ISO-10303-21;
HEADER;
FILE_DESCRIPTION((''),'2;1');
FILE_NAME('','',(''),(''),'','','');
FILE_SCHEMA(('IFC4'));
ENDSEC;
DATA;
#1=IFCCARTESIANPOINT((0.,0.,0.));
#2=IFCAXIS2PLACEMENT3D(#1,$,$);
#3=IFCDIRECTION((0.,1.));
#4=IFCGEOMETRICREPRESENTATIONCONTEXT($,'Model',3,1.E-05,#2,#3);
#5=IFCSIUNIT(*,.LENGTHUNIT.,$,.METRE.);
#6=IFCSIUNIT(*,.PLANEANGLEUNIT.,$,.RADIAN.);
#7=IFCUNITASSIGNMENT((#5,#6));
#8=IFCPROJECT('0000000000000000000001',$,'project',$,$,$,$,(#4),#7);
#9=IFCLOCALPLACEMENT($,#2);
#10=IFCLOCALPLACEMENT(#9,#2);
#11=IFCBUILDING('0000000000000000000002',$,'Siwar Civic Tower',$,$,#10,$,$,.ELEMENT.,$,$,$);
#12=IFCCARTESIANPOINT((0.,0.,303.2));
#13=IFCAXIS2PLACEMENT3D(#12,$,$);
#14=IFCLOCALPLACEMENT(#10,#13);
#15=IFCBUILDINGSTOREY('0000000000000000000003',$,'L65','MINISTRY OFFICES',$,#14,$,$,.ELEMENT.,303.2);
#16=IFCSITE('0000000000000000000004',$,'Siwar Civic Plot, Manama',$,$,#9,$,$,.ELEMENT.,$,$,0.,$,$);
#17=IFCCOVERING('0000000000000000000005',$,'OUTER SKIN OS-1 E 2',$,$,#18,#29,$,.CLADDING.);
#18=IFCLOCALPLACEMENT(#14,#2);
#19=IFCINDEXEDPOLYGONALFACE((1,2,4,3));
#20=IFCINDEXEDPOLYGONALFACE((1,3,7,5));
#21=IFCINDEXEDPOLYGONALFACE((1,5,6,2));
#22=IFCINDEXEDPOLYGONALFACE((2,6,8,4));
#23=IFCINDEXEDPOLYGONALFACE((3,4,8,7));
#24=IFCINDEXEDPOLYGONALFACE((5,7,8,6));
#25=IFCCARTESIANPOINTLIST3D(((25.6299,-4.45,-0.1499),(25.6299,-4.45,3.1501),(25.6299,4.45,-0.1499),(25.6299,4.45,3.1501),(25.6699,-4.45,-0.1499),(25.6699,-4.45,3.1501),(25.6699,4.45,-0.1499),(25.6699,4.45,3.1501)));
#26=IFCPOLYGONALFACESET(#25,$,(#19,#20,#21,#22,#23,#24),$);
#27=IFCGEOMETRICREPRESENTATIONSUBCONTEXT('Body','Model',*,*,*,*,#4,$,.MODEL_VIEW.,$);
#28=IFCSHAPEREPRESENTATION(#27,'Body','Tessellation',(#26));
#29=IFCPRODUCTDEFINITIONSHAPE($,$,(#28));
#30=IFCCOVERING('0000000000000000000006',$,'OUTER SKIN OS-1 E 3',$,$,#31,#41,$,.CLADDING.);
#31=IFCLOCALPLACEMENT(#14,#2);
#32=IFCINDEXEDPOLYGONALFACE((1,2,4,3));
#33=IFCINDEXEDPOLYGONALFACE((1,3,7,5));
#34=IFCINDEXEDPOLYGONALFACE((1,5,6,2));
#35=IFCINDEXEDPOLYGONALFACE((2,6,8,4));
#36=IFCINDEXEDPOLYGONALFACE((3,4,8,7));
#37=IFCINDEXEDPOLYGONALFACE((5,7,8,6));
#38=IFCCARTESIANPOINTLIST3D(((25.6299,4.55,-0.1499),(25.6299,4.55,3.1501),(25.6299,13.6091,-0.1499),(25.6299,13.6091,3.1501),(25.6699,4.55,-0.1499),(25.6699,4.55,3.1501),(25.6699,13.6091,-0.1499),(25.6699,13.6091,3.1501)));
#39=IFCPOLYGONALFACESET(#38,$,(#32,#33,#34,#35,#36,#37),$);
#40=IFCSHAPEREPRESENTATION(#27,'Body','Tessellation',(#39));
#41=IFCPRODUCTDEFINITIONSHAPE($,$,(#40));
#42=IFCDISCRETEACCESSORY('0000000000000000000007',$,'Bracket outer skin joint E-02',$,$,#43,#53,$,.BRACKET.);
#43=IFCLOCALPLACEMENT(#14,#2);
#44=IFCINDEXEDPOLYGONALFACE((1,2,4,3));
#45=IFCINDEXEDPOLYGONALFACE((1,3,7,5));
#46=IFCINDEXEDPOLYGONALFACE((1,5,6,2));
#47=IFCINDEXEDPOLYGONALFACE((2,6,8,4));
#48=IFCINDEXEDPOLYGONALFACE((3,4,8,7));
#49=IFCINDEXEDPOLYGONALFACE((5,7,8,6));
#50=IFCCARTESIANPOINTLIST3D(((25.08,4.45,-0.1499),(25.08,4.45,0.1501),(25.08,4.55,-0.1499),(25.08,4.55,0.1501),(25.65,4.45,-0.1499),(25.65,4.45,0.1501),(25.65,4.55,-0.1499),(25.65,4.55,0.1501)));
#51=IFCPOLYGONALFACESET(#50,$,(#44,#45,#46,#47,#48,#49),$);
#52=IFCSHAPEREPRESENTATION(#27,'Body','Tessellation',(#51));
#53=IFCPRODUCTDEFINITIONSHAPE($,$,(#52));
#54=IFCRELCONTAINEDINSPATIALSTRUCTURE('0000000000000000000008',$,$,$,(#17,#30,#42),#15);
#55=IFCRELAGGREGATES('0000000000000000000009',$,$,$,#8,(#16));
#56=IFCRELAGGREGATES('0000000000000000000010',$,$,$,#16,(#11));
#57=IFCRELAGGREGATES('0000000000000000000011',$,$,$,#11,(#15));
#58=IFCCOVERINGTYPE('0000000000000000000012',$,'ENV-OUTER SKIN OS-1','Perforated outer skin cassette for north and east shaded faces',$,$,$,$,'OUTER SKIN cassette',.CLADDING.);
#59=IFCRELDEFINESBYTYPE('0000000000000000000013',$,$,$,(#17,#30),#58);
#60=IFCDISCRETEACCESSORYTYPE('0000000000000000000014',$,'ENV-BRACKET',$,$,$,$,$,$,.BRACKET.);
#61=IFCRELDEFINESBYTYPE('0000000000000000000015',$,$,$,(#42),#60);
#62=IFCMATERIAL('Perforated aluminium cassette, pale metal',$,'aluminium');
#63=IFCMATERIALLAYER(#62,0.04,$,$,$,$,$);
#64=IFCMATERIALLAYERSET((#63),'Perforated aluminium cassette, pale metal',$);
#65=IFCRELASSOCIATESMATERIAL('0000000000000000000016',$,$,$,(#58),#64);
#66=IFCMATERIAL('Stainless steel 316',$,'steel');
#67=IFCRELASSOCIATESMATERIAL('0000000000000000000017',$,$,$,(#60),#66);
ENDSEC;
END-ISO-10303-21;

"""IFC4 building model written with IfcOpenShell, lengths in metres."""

from ifc_helpers import new_model, si_unit, direction, frame, origin, origin_2d, place, context, subcontext, project, spatial, rectangle, extrude, material, layer, layer_set, type_object, element, save


model = new_model("IFC4")

# Units and contexts
model_context = context("Model", 3, precision=1e-05, world=origin(), true_north=direction((0.0, 1.0)))
body_context = subcontext(model_context, "Body", "Model", "MODEL_VIEW")
ifc_project = project(units=[si_unit("LENGTHUNIT", "METRE"), si_unit("PLANEANGLEUNIT", "RADIAN")], contexts=[model_context])

# Site, building, storey
site_placement = place(None, origin())
site = spatial("IfcSite", under=ifc_project, at=site_placement, Name="Siwar Civic Plot, Manama", CompositionType="ELEMENT", RefElevation=0.0)
building_placement = place(site_placement, origin())
building = spatial("IfcBuilding", under=site, at=building_placement, Name="Siwar Civic Tower", CompositionType="ELEMENT")
storey_placement = place(building_placement, frame((0.0, 0.0, 303.2)))
storey = spatial("IfcBuildingStorey", under=building, at=storey_placement, Name="L65", Description="MINISTRY OFFICES", CompositionType="ELEMENT", Elevation=303.2)

# Coverings
ifc_material_1 = material(Name="Perforated aluminium cassette, pale metal", Category="aluminium")
ifc_layer_1 = layer(ifc_material_1, 0.04)
ifc_layer_set_1 = layer_set([ifc_layer_1], Name="Perforated aluminium cassette, pale metal")
covering_type = type_object("IfcCoveringType", Name="ENV-OUTER SKIN OS-1", Description="Perforated outer skin cassette for north and east shaded faces", ElementType="OUTER SKIN cassette", PredefinedType="CLADDING", material=ifc_layer_set_1)
covering_1_placement = place(storey_placement, frame((25.6499, 0.0, -0.1499), z_axis=(0.0, 0.0, 1.0), x_axis=(0.0, 1.0, 0.0)))
element("IfcCovering", 1, at=covering_1_placement, inside=storey, type_object=covering_type, Name="OUTER SKIN OS-1 E 2", PredefinedType="CLADDING", context=body_context, shape_type="SweptSolid", body=[
    extrude(rectangle(XDim=8.8999, YDim=0.04, at=origin_2d()), origin(), (0.0, 0.0, 1.0), 3.3),
])
covering_2_placement = place(storey_placement, frame((25.6499, 9.0796, -0.1499), z_axis=(0.0, 0.0, 1.0), x_axis=(0.0, 1.0, 0.0)))
element("IfcCovering", 2, at=covering_2_placement, inside=storey, type_object=covering_type, Name="OUTER SKIN OS-1 E 3", PredefinedType="CLADDING", context=body_context, shape_type="SweptSolid", body=[
    extrude(rectangle(XDim=9.0591, YDim=0.04, at=origin_2d()), origin(), (0.0, 0.0, 1.0), 3.3),
])

# Discrete accessory
ifc_material_2 = material(Name="Stainless steel 316", Category="steel")
discrete_accessory_type = type_object("IfcDiscreteAccessoryType", Name="ENV-BRACKET", PredefinedType="BRACKET", material=ifc_material_2)
discrete_accessory_placement = place(storey_placement, frame((25.365, 4.5, -0.1499), z_axis=(0.0, 0.0, 1.0), x_axis=(1.0, 0.0, 0.0)))
element("IfcDiscreteAccessory", 3, at=discrete_accessory_placement, inside=storey, type_object=discrete_accessory_type, Name="Bracket outer skin joint E-02", PredefinedType="BRACKET", context=body_context, shape_type="SweptSolid", body=[
    extrude(rectangle(XDim=0.5701, YDim=0.1001, at=origin_2d()), origin(), (0.0, 0.0, 1.0), 0.3),
])

save(model, "model.ifc")
